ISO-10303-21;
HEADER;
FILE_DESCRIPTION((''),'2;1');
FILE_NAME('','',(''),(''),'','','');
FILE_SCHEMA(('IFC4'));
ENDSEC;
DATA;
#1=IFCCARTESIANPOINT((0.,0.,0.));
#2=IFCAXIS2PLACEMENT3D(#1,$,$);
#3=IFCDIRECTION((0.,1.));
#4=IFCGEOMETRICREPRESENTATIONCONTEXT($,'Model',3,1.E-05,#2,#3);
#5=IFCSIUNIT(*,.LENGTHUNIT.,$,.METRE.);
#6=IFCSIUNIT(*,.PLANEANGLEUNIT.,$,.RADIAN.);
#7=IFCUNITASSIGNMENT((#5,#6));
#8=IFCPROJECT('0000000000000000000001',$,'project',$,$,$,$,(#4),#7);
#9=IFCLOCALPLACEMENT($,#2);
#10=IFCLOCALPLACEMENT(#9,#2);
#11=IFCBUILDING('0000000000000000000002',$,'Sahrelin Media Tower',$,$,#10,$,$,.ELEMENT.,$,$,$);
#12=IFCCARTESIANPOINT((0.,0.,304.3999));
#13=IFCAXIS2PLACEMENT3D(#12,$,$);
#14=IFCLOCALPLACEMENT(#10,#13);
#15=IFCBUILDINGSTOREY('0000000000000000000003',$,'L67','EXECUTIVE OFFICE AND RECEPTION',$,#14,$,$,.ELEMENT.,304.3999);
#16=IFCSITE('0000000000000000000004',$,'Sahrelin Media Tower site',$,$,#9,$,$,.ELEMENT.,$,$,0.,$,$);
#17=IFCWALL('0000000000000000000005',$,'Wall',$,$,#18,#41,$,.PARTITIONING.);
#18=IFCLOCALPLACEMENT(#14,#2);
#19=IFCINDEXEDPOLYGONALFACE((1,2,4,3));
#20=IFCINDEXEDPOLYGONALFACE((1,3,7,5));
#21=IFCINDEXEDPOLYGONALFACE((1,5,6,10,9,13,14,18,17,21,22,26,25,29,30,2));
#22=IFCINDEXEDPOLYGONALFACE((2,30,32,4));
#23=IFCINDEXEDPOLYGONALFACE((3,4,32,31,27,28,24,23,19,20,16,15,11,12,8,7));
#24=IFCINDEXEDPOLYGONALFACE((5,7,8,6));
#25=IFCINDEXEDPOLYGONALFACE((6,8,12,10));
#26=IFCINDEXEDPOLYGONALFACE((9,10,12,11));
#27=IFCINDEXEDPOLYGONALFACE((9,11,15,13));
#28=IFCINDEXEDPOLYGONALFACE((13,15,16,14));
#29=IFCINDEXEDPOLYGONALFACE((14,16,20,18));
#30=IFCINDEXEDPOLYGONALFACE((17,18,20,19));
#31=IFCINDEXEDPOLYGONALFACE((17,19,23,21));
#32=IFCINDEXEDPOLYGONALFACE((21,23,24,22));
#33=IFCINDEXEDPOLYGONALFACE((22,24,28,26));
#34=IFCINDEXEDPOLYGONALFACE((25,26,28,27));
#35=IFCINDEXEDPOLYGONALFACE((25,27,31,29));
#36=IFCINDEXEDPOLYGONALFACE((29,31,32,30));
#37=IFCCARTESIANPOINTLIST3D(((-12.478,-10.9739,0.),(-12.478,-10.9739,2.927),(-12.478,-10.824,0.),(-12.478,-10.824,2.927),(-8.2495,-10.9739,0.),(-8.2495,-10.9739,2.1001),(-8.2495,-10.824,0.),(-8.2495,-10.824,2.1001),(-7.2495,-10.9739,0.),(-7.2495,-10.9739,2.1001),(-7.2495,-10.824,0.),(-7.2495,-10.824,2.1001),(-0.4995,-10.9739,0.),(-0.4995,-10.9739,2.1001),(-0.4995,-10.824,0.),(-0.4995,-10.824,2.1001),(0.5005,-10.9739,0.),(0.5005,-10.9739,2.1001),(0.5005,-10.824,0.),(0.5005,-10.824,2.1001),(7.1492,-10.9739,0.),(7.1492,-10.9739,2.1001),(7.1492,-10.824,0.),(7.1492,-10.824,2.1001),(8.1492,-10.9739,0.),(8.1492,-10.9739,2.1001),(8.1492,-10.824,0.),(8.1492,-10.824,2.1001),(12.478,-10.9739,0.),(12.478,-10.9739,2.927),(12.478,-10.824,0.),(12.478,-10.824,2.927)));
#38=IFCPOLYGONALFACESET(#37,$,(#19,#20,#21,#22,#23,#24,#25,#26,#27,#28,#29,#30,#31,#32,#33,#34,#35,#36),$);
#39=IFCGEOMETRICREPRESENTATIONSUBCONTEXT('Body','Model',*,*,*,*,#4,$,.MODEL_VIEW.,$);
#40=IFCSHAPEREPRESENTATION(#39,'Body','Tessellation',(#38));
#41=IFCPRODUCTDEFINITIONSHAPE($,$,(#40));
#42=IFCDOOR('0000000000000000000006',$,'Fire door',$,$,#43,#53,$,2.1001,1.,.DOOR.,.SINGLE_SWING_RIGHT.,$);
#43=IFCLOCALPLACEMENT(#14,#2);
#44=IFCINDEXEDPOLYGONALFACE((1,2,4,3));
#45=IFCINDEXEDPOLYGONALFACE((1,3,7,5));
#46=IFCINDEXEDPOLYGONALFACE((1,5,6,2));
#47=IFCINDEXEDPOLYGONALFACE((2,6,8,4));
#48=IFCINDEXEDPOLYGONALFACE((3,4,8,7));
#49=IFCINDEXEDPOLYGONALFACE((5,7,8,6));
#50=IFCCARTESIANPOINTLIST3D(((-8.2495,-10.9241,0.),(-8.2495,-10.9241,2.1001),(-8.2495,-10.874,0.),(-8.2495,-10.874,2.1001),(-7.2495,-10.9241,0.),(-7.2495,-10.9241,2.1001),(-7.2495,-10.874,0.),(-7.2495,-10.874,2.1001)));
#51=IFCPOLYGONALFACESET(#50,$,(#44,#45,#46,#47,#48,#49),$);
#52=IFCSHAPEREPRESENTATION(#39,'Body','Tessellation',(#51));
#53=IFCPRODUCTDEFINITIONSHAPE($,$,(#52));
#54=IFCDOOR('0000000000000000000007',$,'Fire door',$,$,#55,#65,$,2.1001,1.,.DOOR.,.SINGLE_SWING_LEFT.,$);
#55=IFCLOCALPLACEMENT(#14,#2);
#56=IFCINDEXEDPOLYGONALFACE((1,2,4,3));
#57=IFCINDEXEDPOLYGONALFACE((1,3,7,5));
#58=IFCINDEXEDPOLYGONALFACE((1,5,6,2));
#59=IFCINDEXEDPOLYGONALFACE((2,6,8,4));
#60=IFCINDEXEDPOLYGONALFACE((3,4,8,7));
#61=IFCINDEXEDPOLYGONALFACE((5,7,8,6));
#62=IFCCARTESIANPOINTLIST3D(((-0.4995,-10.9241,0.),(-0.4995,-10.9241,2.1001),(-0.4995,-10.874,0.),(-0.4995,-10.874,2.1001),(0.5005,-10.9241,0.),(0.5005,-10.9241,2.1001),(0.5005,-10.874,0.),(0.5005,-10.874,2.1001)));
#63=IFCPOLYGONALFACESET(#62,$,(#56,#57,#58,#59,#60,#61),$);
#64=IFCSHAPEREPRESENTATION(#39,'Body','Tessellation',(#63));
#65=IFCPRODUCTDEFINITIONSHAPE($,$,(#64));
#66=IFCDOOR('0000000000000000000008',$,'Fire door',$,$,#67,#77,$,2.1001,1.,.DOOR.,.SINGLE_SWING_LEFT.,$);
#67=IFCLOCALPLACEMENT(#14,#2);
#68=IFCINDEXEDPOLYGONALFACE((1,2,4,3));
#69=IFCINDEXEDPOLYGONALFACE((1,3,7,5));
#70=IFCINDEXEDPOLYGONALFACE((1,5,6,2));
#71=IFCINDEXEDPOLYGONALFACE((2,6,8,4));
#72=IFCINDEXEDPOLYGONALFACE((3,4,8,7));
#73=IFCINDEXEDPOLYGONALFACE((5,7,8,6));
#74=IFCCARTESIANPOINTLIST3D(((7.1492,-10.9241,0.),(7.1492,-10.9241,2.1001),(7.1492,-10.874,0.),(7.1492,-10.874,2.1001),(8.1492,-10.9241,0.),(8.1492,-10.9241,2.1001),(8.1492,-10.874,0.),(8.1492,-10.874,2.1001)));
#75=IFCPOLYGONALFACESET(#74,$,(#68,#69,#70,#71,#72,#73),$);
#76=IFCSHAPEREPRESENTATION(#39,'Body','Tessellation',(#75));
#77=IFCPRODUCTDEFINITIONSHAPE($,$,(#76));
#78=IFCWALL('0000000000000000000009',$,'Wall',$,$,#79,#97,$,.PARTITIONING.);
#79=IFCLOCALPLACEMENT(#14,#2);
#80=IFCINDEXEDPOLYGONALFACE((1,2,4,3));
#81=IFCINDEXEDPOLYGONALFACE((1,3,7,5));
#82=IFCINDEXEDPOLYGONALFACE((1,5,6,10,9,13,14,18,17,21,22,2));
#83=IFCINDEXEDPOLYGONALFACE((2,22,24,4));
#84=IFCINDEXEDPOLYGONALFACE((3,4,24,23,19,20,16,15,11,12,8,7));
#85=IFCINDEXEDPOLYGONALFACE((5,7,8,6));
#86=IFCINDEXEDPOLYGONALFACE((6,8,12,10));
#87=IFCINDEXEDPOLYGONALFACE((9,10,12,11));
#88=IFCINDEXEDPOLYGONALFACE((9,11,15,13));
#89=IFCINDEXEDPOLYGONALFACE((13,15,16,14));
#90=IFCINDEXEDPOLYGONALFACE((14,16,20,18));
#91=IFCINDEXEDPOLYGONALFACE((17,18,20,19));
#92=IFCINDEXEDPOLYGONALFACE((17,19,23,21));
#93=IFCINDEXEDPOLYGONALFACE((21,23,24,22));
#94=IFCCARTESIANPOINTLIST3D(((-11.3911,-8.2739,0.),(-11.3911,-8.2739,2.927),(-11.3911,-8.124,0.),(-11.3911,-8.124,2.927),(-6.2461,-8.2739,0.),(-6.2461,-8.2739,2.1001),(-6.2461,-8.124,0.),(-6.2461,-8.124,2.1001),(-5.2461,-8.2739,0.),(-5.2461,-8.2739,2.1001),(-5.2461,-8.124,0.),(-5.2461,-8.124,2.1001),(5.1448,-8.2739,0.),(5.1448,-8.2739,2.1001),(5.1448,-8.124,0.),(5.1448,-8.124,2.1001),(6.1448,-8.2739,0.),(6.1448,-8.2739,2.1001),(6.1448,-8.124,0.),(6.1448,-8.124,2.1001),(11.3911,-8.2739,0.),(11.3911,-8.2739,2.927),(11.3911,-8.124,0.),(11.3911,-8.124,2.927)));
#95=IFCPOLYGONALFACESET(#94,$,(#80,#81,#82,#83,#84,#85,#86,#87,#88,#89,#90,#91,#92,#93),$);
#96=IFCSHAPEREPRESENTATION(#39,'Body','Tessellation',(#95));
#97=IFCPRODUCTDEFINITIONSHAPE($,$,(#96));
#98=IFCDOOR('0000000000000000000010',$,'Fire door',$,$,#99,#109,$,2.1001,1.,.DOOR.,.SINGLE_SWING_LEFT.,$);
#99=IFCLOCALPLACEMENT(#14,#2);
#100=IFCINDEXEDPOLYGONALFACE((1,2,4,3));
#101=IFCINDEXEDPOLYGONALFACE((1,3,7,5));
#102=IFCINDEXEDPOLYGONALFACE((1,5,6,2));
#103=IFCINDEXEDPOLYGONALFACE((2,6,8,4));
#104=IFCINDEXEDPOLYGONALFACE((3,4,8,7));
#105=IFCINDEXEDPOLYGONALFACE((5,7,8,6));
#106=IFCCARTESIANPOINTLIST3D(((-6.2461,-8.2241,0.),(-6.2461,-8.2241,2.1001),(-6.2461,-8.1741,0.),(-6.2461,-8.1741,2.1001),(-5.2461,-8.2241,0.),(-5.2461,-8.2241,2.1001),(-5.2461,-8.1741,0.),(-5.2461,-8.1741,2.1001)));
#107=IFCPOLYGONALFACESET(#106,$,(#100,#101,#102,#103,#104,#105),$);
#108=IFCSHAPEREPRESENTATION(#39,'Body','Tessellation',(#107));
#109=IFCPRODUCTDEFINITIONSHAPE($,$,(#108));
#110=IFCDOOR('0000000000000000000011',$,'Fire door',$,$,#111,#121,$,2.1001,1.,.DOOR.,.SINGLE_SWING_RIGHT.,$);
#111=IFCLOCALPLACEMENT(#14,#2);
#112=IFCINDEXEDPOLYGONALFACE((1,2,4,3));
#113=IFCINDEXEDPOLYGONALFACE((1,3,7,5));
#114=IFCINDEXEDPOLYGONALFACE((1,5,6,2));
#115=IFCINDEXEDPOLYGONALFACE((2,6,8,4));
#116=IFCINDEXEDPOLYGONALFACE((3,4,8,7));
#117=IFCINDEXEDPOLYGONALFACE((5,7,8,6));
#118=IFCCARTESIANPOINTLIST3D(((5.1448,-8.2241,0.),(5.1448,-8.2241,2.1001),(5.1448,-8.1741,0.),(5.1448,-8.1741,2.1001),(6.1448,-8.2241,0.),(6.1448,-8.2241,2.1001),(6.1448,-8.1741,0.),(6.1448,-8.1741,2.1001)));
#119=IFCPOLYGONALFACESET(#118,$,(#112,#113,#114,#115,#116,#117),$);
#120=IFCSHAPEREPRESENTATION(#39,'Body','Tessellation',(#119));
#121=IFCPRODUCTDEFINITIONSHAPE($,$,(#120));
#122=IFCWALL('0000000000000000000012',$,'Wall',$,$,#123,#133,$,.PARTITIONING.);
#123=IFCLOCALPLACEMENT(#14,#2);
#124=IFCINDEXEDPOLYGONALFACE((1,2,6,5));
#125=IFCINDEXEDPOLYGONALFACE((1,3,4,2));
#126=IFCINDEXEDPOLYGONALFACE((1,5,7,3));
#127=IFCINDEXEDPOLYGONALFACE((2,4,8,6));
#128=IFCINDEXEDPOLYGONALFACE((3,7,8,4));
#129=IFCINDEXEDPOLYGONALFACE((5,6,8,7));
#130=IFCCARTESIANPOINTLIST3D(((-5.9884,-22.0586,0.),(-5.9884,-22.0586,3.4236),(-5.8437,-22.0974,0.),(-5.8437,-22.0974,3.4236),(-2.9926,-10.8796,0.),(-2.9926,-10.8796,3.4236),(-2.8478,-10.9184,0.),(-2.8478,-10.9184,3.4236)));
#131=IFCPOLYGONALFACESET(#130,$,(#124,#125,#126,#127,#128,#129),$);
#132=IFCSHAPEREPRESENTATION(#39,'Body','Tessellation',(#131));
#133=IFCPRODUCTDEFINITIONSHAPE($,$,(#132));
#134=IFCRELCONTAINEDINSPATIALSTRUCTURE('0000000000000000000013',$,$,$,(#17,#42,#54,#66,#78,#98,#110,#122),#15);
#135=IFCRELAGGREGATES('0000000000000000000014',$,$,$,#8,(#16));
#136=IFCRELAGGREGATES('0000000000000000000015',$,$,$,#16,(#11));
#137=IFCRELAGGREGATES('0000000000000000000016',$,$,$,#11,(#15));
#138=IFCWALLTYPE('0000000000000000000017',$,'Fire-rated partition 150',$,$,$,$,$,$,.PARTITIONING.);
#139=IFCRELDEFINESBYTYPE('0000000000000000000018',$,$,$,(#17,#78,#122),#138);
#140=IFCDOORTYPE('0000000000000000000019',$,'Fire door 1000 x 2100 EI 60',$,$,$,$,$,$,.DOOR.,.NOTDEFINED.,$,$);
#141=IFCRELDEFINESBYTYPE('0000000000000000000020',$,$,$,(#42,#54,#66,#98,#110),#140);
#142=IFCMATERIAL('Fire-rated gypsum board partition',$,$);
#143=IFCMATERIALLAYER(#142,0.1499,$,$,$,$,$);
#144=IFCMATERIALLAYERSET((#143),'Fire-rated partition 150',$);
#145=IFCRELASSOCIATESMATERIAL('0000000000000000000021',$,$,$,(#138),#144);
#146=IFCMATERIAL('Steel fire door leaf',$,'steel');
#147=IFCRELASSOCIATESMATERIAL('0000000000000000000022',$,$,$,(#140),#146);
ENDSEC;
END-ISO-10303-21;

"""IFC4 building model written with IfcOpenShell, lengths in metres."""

from ifc_helpers import new_model, si_unit, direction, frame, frame_2d, origin, place, context, subcontext, project, spatial, rectangle, extrude, material, layer, layer_set, type_object, element, fill, save


model = new_model("IFC4")

# Units and contexts
model_context = context("Model", 3, precision=1e-05, world=origin(), true_north=direction((0.0, 1.0)))
body_context = subcontext(model_context, "Body", "Model", "MODEL_VIEW")
ifc_project = project(units=[si_unit("LENGTHUNIT", "METRE"), si_unit("PLANEANGLEUNIT", "RADIAN")], contexts=[model_context])

# Site, building, storey
site_placement = place(None, origin())
site = spatial("IfcSite", under=ifc_project, at=site_placement, Name="Sahrelin Media Tower site", CompositionType="ELEMENT", RefElevation=0.0)
building_placement = place(site_placement, origin())
building = spatial("IfcBuilding", under=site, at=building_placement, Name="Sahrelin Media Tower", CompositionType="ELEMENT")
storey_placement = place(building_placement, frame((0.0, 0.0, 304.3999)))
storey = spatial("IfcBuildingStorey", under=building, at=storey_placement, Name="L67", Description="EXECUTIVE OFFICE AND RECEPTION", CompositionType="ELEMENT", Elevation=304.3999)

# Walls, openings, doors
ifc_material_1 = material(Name="Fire-rated gypsum board partition")
ifc_layer_1 = layer(ifc_material_1, 0.1499)
ifc_layer_set_1 = layer_set([ifc_layer_1], Name="Fire-rated partition 150")
wall_type_1 = type_object("IfcWallType", Name="Fire-rated partition 150", PredefinedType="PARTITIONING", material=ifc_layer_set_1)
wall_1_placement = place(storey_placement, frame((-12.478, -10.8989, 0.0), z_axis=(0.0, 0.0, 1.0), x_axis=(1.0, 0.0, 0.0)))
wall_1 = element("IfcWall", 1, at=wall_1_placement, inside=storey, type_object=wall_type_1, Name="Wall", PredefinedType="PARTITIONING", context=body_context, shape_type="SweptSolid", body=[
    extrude(rectangle(XDim=24.9561, YDim=0.1499, at=frame_2d((12.478, 0.0))), origin(), (0.0, 0.0, 1.0), 2.927),
])
opening_1_placement = place(wall_1_placement, frame((4.2285, 0.0, 0.0)))
opening_1 = element("IfcOpeningElement", 2, at=opening_1_placement, cuts=wall_1, PredefinedType="OPENING", context=body_context, shape_type="SweptSolid", body=[
    extrude(rectangle(XDim=1.0, YDim=2.1001, at=frame_2d((0.5, 1.05))), frame((0.0, 0.075, 0.0), z_axis=(0.0, -1.0, 0.0), x_axis=(1.0, 0.0, 0.0)), (0.0, 0.0, 1.0), 0.1499),
])
opening_2_placement = place(wall_1_placement, frame((11.9785, 0.0, 0.0)))
opening_2 = element("IfcOpeningElement", 3, at=opening_2_placement, cuts=wall_1, PredefinedType="OPENING", context=body_context, shape_type="SweptSolid", body=[
    extrude(rectangle(XDim=1.0, YDim=2.1001, at=frame_2d((0.5, 1.05))), frame((0.0, 0.075, 0.0), z_axis=(0.0, -1.0, 0.0), x_axis=(1.0, 0.0, 0.0)), (0.0, 0.0, 1.0), 0.1499),
])
opening_3_placement = place(wall_1_placement, frame((19.6272, 0.0, 0.0)))
opening_3 = element("IfcOpeningElement", 4, at=opening_3_placement, cuts=wall_1, PredefinedType="OPENING", context=body_context, shape_type="SweptSolid", body=[
    extrude(rectangle(XDim=1.0, YDim=2.1001, at=frame_2d((0.5, 1.05))), frame((0.0, 0.075, 0.0), z_axis=(0.0, -1.0, 0.0), x_axis=(1.0, 0.0, 0.0)), (0.0, 0.0, 1.0), 0.1499),
])
ifc_material_2 = material(Name="Steel fire door leaf", Category="steel")
door_type_1 = type_object("IfcDoorType", Name="Fire door 1000 x 2100 EI 60", OperationType="NOTDEFINED", PredefinedType="DOOR", material=ifc_material_2)
door_1_placement = place(opening_1_placement, origin())
door_1 = element("IfcDoor", 5, at=door_1_placement, inside=storey, type_object=door_type_1, Name="Fire door", OperationType="SINGLE_SWING_RIGHT", OverallHeight=2.1001, OverallWidth=1.0, PredefinedType="DOOR", context=body_context, shape_type="SweptSolid", body=[
    extrude(rectangle(XDim=1.0, YDim=2.1001, at=frame_2d((0.5, 1.05))), frame((0.0, 0.0249, 0.0), z_axis=(0.0, -1.0, 0.0), x_axis=(1.0, 0.0, 0.0)), (0.0, 0.0, 1.0), 0.05),
])
fill(opening_1, door_1)
door_2_placement = place(opening_2_placement, origin())
door_2 = element("IfcDoor", 6, at=door_2_placement, inside=storey, type_object=door_type_1, Name="Fire door", OperationType="SINGLE_SWING_LEFT", OverallHeight=2.1001, OverallWidth=1.0, PredefinedType="DOOR", context=body_context, shape_type="SweptSolid", body=[
    extrude(rectangle(XDim=1.0, YDim=2.1001, at=frame_2d((0.5, 1.05))), frame((0.0, 0.0249, 0.0), z_axis=(0.0, -1.0, 0.0), x_axis=(1.0, 0.0, 0.0)), (0.0, 0.0, 1.0), 0.05),
])
fill(opening_2, door_2)
door_3_placement = place(opening_3_placement, origin())
door_3 = element("IfcDoor", 7, at=door_3_placement, inside=storey, type_object=door_type_1, Name="Fire door", OperationType="SINGLE_SWING_LEFT", OverallHeight=2.1001, OverallWidth=1.0, PredefinedType="DOOR", context=body_context, shape_type="SweptSolid", body=[
    extrude(rectangle(XDim=1.0, YDim=2.1001, at=frame_2d((0.5, 1.05))), frame((0.0, 0.0249, 0.0), z_axis=(0.0, -1.0, 0.0), x_axis=(1.0, 0.0, 0.0)), (0.0, 0.0, 1.0), 0.05),
])
fill(opening_3, door_3)
wall_2_placement = place(storey_placement, frame((-11.3911, -8.199, 0.0), z_axis=(0.0, 0.0, 1.0), x_axis=(1.0, 0.0, 0.0)))
wall_2 = element("IfcWall", 8, at=wall_2_placement, inside=storey, type_object=wall_type_1, Name="Wall", PredefinedType="PARTITIONING", context=body_context, shape_type="SweptSolid", body=[
    extrude(rectangle(XDim=22.7822, YDim=0.1499, at=frame_2d((11.3911, 0.0))), origin(), (0.0, 0.0, 1.0), 2.927),
])
opening_4_placement = place(wall_2_placement, frame((5.145, 0.0, 0.0)))
opening_4 = element("IfcOpeningElement", 9, at=opening_4_placement, cuts=wall_2, PredefinedType="OPENING", context=body_context, shape_type="SweptSolid", body=[
    extrude(rectangle(XDim=1.0, YDim=2.1001, at=frame_2d((0.5, 1.05))), frame((0.0, 0.075, 0.0), z_axis=(0.0, -1.0, 0.0), x_axis=(1.0, 0.0, 0.0)), (0.0, 0.0, 1.0), 0.1499),
])
opening_5_placement = place(wall_2_placement, frame((16.5359, 0.0, 0.0)))
opening_5 = element("IfcOpeningElement", 10, at=opening_5_placement, cuts=wall_2, PredefinedType="OPENING", context=body_context, shape_type="SweptSolid", body=[
    extrude(rectangle(XDim=1.0, YDim=2.1001, at=frame_2d((0.5, 1.05))), frame((0.0, 0.075, 0.0), z_axis=(0.0, -1.0, 0.0), x_axis=(1.0, 0.0, 0.0)), (0.0, 0.0, 1.0), 0.1499),
])
door_4_placement = place(opening_4_placement, origin())
door_4 = element("IfcDoor", 11, at=door_4_placement, inside=storey, type_object=door_type_1, Name="Fire door", OperationType="SINGLE_SWING_LEFT", OverallHeight=2.1001, OverallWidth=1.0, PredefinedType="DOOR", context=body_context, shape_type="SweptSolid", body=[
    extrude(rectangle(XDim=1.0, YDim=2.1001, at=frame_2d((0.5, 1.05))), frame((0.0, 0.0249, 0.0), z_axis=(0.0, -1.0, 0.0), x_axis=(1.0, 0.0, 0.0)), (0.0, 0.0, 1.0), 0.05),
])
fill(opening_4, door_4)
door_5_placement = place(opening_5_placement, origin())
door_5 = element("IfcDoor", 12, at=door_5_placement, inside=storey, type_object=door_type_1, Name="Fire door", OperationType="SINGLE_SWING_RIGHT", OverallHeight=2.1001, OverallWidth=1.0, PredefinedType="DOOR", context=body_context, shape_type="SweptSolid", body=[
    extrude(rectangle(XDim=1.0, YDim=2.1001, at=frame_2d((0.5, 1.05))), frame((0.0, 0.0249, 0.0), z_axis=(0.0, -1.0, 0.0), x_axis=(1.0, 0.0, 0.0)), (0.0, 0.0, 1.0), 0.05),
])
fill(opening_5, door_5)

# Wall
wall_3_placement = place(storey_placement, frame((-5.916, -22.0779, 0.0), z_axis=(0.0, 0.0, 1.0), x_axis=(0.258856, 0.965916, 0.0)))
element("IfcWall", 13, at=wall_3_placement, inside=storey, type_object=wall_type_1, Name="Wall", PredefinedType="PARTITIONING", context=body_context, shape_type="SweptSolid", body=[
    extrude(rectangle(XDim=11.5735, YDim=0.1499, at=frame_2d((5.7866, 0.0))), origin(), (0.0, 0.0, 1.0), 3.4236),
])

save(model, "model.ifc")
